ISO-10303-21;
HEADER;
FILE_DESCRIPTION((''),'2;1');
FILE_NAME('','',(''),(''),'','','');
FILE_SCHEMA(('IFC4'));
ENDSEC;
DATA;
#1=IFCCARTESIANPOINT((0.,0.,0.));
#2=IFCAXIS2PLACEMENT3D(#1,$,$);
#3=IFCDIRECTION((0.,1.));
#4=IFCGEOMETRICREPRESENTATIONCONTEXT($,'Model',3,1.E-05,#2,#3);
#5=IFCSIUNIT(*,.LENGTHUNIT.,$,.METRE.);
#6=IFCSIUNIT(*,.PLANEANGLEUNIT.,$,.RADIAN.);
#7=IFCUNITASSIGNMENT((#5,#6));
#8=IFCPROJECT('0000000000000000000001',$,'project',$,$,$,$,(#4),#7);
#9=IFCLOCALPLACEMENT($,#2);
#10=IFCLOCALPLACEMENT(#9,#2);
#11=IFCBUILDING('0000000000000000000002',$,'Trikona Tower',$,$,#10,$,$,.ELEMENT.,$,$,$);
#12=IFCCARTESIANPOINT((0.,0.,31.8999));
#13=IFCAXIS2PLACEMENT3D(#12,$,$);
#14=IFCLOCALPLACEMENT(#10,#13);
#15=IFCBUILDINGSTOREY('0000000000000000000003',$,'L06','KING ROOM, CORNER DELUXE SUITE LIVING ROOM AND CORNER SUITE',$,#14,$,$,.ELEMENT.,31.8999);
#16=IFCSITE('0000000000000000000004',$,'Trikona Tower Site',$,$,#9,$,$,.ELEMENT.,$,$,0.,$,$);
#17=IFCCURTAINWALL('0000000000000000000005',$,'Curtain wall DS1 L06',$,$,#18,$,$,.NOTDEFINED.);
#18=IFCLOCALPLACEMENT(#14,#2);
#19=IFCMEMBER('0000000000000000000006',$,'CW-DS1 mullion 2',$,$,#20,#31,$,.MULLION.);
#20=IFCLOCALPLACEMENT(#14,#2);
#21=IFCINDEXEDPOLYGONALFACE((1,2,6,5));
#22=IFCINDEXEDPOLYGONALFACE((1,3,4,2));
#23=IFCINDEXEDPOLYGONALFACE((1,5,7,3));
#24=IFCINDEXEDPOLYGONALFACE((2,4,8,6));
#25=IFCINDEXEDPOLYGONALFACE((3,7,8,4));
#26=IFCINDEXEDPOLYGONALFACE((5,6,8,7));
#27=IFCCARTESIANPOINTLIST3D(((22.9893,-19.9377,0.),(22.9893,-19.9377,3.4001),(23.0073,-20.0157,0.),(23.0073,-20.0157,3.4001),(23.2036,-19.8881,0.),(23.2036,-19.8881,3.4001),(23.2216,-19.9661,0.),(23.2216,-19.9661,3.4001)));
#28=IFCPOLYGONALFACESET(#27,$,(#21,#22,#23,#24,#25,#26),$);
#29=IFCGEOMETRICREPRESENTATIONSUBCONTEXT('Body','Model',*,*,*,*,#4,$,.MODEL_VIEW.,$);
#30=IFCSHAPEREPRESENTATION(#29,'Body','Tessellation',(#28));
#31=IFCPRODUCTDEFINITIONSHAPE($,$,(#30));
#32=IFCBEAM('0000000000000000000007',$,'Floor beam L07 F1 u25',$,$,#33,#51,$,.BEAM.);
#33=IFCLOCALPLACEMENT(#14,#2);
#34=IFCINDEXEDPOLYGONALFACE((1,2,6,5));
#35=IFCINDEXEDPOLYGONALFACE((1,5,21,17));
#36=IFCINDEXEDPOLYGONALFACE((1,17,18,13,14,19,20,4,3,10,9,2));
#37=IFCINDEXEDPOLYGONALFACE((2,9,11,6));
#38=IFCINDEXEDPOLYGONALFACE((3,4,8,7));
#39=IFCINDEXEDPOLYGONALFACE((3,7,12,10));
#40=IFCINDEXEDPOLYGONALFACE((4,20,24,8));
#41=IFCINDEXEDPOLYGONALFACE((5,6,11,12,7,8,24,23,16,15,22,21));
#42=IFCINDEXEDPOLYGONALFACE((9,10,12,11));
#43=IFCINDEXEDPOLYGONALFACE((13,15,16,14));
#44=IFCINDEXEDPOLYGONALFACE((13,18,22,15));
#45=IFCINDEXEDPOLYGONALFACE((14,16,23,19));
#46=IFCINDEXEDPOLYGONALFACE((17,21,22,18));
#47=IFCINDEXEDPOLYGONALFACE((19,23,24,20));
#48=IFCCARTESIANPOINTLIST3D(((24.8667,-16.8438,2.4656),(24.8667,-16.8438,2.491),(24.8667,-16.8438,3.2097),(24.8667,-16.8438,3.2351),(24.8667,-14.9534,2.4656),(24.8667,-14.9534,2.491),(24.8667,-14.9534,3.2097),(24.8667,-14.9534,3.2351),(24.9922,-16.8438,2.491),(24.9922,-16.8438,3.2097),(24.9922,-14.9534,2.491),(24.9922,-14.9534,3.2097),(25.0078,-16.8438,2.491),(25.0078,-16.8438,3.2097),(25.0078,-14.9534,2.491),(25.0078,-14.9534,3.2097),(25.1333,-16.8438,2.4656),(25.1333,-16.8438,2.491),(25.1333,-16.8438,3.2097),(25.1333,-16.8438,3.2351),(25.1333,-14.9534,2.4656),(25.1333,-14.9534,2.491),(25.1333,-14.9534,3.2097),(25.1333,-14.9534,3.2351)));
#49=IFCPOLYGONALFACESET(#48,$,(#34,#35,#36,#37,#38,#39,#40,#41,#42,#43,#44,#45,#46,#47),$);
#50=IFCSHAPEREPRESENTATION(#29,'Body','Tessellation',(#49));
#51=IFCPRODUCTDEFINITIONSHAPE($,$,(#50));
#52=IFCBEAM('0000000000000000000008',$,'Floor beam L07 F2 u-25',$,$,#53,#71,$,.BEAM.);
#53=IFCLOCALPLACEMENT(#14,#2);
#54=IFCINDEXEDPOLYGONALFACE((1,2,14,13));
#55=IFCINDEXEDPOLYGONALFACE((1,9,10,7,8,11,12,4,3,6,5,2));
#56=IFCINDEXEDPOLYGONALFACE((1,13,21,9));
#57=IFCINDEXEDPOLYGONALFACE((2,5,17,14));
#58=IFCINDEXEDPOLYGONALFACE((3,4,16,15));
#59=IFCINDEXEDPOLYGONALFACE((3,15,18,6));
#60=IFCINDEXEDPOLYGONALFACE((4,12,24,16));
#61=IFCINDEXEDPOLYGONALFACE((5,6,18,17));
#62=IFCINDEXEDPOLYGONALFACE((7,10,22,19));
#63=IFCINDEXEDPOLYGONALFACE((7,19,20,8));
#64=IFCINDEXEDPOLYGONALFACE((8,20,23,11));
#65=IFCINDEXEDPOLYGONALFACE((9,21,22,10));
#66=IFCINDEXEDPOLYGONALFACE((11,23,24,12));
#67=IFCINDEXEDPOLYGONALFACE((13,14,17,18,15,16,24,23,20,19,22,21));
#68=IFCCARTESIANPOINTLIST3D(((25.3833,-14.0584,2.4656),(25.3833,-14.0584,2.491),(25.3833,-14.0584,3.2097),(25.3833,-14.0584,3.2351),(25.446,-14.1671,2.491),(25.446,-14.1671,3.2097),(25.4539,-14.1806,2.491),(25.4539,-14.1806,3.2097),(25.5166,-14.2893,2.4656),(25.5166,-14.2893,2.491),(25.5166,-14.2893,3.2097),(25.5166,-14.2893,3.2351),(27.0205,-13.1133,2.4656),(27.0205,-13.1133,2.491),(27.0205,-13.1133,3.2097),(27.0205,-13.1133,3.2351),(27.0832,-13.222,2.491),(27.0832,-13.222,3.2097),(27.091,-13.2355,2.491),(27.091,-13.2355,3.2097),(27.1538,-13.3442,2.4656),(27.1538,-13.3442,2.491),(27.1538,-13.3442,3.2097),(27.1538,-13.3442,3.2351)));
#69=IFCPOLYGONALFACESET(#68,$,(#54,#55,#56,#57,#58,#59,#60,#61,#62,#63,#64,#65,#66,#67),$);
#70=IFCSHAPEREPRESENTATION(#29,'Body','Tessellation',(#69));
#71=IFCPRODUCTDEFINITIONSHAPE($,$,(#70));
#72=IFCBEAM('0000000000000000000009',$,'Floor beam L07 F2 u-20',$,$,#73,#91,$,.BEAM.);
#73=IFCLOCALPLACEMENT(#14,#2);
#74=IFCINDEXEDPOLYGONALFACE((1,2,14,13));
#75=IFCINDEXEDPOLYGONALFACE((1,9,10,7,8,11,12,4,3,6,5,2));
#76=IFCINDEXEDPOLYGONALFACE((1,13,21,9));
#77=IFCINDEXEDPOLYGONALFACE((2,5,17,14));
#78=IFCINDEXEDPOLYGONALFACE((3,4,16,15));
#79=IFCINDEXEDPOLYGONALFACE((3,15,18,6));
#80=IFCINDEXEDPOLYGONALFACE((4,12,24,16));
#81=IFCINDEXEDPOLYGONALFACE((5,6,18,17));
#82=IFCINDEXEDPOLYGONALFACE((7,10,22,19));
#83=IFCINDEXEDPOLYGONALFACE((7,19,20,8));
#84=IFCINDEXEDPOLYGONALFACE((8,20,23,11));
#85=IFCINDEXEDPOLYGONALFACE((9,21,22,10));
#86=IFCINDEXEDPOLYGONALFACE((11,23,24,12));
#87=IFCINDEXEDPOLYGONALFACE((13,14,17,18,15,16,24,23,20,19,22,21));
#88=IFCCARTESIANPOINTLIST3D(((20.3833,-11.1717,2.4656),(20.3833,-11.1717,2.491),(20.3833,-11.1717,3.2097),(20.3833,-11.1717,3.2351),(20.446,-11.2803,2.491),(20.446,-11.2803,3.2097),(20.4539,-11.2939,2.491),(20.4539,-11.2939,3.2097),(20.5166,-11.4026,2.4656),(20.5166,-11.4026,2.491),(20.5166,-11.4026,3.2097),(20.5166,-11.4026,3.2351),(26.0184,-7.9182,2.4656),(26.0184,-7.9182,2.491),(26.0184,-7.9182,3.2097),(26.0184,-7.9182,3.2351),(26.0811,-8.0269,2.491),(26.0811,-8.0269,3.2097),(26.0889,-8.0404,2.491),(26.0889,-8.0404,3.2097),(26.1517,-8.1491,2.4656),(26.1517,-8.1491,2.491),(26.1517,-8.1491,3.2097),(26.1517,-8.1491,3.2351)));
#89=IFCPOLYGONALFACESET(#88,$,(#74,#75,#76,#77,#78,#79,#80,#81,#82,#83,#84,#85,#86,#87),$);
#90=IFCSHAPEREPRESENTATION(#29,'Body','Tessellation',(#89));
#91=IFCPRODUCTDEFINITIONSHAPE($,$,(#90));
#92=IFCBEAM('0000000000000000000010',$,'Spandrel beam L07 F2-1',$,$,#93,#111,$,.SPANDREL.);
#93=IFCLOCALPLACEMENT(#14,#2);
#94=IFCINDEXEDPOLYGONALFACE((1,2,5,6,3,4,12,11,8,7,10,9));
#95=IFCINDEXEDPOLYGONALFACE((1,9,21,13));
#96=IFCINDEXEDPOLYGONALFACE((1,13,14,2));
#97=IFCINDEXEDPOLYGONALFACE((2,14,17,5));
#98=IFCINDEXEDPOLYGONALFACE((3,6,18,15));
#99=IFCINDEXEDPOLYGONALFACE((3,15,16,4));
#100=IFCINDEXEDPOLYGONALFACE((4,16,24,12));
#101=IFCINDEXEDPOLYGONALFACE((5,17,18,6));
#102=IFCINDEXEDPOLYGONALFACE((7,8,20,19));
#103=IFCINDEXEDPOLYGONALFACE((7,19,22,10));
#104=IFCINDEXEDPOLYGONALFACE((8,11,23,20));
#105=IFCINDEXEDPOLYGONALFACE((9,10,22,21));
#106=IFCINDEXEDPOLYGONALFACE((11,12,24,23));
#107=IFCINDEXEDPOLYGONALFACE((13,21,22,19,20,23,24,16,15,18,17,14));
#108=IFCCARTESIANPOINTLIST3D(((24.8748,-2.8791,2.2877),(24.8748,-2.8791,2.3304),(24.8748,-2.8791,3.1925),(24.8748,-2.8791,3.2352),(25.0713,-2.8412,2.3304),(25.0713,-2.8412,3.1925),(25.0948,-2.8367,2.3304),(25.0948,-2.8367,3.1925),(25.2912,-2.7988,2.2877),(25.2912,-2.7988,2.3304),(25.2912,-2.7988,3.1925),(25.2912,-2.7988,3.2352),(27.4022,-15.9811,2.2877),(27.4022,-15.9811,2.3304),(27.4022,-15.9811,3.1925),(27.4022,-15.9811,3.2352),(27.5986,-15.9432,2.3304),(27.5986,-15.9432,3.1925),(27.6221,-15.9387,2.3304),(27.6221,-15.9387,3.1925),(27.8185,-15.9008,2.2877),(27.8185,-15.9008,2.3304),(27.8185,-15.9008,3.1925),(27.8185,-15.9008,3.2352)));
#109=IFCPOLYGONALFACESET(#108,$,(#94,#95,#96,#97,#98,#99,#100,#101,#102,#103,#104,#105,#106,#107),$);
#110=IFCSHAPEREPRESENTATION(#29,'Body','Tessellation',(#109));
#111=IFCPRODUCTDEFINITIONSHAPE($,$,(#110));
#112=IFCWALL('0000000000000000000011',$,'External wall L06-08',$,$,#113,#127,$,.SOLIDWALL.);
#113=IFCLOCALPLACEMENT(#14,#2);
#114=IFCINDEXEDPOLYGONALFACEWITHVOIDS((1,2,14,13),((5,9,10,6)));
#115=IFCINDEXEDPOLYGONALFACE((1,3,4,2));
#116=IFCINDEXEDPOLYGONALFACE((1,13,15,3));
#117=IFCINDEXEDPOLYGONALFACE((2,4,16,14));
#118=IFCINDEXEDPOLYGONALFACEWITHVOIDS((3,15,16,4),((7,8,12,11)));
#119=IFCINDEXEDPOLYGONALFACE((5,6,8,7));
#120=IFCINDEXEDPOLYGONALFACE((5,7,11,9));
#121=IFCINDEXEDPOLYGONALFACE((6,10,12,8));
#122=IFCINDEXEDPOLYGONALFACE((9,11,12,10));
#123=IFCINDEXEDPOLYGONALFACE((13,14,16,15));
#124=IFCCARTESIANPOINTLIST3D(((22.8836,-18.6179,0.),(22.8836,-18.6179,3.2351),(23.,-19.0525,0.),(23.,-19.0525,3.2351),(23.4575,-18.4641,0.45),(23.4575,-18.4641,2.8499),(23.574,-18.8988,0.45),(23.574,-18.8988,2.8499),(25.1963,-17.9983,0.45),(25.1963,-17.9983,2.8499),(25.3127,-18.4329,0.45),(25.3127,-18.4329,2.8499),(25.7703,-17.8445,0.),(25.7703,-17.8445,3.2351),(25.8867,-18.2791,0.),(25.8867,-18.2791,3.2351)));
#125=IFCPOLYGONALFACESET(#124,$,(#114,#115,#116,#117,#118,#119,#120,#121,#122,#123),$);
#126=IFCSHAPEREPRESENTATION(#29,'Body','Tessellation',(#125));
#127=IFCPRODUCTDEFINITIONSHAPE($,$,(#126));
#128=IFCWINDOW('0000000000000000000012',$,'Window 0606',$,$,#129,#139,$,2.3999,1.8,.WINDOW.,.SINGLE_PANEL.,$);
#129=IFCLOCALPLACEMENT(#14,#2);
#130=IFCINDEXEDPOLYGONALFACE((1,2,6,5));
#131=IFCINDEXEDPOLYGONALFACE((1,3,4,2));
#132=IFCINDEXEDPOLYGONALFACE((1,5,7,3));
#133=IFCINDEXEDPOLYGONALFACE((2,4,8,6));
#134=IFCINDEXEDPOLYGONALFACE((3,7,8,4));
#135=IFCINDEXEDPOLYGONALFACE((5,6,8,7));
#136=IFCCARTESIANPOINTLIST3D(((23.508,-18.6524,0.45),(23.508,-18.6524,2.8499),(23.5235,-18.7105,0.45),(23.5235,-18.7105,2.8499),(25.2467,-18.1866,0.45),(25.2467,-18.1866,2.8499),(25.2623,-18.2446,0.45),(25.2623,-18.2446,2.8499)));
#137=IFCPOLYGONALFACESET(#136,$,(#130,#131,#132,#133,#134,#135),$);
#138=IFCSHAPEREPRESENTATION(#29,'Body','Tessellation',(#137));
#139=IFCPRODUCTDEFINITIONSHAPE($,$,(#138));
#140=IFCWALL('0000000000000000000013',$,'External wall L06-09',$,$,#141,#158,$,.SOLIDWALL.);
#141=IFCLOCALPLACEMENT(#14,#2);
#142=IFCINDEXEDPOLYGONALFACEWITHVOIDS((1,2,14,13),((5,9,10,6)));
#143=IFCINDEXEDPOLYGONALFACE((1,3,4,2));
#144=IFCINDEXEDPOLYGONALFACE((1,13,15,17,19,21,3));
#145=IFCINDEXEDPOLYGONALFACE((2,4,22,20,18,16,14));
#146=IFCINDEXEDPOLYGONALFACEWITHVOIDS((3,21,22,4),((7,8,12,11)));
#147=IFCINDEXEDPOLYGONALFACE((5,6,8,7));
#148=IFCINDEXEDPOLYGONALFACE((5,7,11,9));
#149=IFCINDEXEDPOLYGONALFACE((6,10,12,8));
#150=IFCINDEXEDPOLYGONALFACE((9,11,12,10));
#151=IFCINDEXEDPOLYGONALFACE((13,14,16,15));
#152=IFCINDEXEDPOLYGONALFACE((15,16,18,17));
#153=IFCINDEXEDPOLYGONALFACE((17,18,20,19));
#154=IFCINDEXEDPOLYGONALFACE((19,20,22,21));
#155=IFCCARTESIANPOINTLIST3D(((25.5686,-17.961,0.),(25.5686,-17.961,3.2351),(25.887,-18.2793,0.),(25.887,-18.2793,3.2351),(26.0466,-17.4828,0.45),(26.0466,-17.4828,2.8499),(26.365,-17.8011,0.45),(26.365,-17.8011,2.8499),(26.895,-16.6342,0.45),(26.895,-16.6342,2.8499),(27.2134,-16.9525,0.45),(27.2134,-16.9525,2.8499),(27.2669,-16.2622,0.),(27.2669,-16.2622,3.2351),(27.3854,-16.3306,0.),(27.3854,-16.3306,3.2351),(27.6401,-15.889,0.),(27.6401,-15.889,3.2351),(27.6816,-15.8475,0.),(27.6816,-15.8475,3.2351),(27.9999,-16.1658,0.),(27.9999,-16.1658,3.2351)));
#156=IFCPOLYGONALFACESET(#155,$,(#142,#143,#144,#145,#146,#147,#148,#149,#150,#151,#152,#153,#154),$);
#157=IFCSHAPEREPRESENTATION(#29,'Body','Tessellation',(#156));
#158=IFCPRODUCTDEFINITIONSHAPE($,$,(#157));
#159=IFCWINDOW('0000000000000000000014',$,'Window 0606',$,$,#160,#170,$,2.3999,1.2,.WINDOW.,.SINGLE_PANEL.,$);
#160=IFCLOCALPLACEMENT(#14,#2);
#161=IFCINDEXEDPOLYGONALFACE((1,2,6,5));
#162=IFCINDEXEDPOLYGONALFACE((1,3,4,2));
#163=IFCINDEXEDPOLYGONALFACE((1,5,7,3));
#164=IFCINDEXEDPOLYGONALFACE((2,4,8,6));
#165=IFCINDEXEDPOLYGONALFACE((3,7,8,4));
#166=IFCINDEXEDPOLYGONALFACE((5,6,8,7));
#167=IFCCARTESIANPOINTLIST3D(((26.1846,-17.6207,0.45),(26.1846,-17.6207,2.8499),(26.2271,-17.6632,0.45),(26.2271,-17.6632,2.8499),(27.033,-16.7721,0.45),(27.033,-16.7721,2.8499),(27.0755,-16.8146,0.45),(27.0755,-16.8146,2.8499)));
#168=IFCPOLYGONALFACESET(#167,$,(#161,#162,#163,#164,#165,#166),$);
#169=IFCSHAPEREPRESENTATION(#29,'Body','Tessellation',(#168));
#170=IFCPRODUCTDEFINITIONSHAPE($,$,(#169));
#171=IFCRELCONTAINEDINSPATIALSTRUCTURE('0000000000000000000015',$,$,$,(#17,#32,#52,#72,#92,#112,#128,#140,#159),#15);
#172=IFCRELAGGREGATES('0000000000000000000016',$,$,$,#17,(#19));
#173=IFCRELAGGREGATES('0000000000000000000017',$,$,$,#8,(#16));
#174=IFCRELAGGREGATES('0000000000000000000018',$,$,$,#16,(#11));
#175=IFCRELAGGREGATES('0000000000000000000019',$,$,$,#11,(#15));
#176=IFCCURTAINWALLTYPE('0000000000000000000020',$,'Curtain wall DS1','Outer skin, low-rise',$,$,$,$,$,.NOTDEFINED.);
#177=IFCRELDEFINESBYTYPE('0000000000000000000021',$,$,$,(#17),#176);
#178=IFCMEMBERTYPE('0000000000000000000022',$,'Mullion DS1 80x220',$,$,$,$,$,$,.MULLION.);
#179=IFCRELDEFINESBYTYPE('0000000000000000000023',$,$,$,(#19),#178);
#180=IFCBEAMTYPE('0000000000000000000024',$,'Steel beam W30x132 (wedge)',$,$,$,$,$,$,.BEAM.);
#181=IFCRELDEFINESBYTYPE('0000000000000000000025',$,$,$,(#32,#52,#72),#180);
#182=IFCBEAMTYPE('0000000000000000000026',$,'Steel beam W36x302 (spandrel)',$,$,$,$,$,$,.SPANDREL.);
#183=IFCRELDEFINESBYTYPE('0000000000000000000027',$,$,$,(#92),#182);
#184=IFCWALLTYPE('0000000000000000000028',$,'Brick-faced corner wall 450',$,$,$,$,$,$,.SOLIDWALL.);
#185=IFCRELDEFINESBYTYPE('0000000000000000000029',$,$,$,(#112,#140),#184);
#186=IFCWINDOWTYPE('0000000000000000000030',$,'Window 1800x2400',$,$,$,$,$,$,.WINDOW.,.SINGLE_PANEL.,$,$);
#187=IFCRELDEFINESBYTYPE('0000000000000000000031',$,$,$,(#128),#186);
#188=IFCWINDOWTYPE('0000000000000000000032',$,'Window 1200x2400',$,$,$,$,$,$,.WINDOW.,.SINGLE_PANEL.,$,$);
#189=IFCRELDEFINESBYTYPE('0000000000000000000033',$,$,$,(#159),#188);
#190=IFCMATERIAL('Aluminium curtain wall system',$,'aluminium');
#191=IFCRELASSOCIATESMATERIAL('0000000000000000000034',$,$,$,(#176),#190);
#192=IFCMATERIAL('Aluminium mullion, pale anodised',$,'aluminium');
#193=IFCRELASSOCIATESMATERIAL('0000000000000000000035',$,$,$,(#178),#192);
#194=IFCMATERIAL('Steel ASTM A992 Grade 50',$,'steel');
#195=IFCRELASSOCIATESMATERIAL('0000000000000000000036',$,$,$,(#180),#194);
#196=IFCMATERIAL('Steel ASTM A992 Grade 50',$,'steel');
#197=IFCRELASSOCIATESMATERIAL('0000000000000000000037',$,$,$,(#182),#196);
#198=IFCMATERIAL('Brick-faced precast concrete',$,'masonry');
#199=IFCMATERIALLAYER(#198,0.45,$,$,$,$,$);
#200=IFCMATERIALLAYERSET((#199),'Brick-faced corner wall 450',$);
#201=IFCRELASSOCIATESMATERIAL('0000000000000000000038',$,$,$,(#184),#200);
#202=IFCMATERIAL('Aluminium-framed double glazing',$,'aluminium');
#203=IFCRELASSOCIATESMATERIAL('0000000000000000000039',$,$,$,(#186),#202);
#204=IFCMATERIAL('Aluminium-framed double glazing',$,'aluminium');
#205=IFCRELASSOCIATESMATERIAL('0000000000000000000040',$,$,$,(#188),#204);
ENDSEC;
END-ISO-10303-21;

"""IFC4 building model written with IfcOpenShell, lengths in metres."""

from ifc_helpers import new_model, si_unit, direction, frame, frame_2d, origin, origin_2d, place, context, subcontext, project, spatial, polyline, rectangle, i_section, outline, extrude, material, layer, layer_set, material_profile, profile_set, type_object, element, fill, aggregate, save


model = new_model("IFC4")

# Units and contexts
model_context = context("Model", 3, precision=1e-05, world=origin(), true_north=direction((0.0, 1.0)))
body_context = subcontext(model_context, "Body", "Model", "MODEL_VIEW")
ifc_project = project(units=[si_unit("LENGTHUNIT", "METRE"), si_unit("PLANEANGLEUNIT", "RADIAN")], contexts=[model_context])

# Site, building, storey
site_placement = place(None, origin())
site = spatial("IfcSite", under=ifc_project, at=site_placement, Name="Trikona Tower Site", CompositionType="ELEMENT", RefElevation=0.0)
building_placement = place(site_placement, origin())
building = spatial("IfcBuilding", under=site, at=building_placement, Name="Trikona Tower", CompositionType="ELEMENT")
storey_placement = place(building_placement, frame((0.0, 0.0, 31.8999)))
storey = spatial("IfcBuildingStorey", under=building, at=storey_placement, Name="L06", Description="KING ROOM, CORNER DELUXE SUITE LIVING ROOM AND CORNER SUITE", CompositionType="ELEMENT", Elevation=31.8999)

# Curtain wall, member
ifc_material_1 = material(Name="Aluminium curtain wall system", Category="aluminium")
curtain_wall_type = type_object("IfcCurtainWallType", Name="Curtain wall DS1", Description="Outer skin, low-rise", PredefinedType="NOTDEFINED", material=ifc_material_1)
curtain_wall_placement = place(storey_placement, origin())
curtain_wall = element("IfcCurtainWall", 1, at=curtain_wall_placement, inside=storey, type_object=curtain_wall_type, Name="Curtain wall DS1 L06", PredefinedType="NOTDEFINED")
ifc_material_2 = material(Name="Aluminium mullion, pale anodised", Category="aluminium")
ifc_material_profile_1 = material_profile(ifc_material_2, rectangle(XDim=0.0801, YDim=0.22, at=origin_2d()), Name="MUL-DS1")
ifc_profile_set_1 = profile_set([ifc_material_profile_1], Name="Aluminium mullion, pale anodised")
member_type = type_object("IfcMemberType", Name="Mullion DS1 80x220", PredefinedType="MULLION", material=ifc_profile_set_1)
member_placement = place(storey_placement, frame((23.1055, -19.9519, 0.0), z_axis=(0.0, 0.0, 1.0), x_axis=(-0.225343, 0.974279, 0.0)))
member = element("IfcMember", 2, at=member_placement, type_object=member_type, Name="CW-DS1 mullion 2", PredefinedType="MULLION", context=body_context, shape_type="SweptSolid", body=[
    extrude(rectangle(XDim=0.0801, YDim=0.22, at=origin_2d()), origin(), (0.0, 0.0, 1.0), 3.4001),
])
aggregate(curtain_wall, [member])

# Beams
ifc_material_3 = material(Name="Steel ASTM A992 Grade 50", Category="steel")
ifc_material_profile_2 = material_profile(ifc_material_3, i_section(OverallWidth=0.2666, OverallDepth=0.7695, WebThickness=0.0156, FlangeThickness=0.0254, at=origin_2d()), Name="W30X132")
ifc_profile_set_2 = profile_set([ifc_material_profile_2], Name="Steel ASTM A992 Grade 50")
beam_type_1 = type_object("IfcBeamType", Name="Steel beam W30x132 (wedge)", PredefinedType="BEAM", material=ifc_profile_set_2)
for number, where, z_axis, x_axis, name in (
    (3, (25.0, -14.9534, 2.8503), (0.0, -1.0, 0.0), (1.0, 0.0, 0.0), "Floor beam L07 F1 u25"),
    (4, (25.45, -14.1738, 2.8503), (0.866065, 0.499931, 0.0), (-0.499931, 0.866065, 0.0), "Floor beam L07 F2 u-25"),
):
    element("IfcBeam", number, at=place(storey_placement, frame(where, z_axis=z_axis, x_axis=x_axis)), inside=storey, type_object=beam_type_1, Name=name, PredefinedType="BEAM", context=body_context, shape_type="SweptSolid", body=[
        extrude(i_section(OverallWidth=0.2666, OverallDepth=0.7695, WebThickness=0.0156, FlangeThickness=0.0254, at=origin_2d()), origin(), (0.0, 0.0, 1.0), 1.8904),
    ])
beam_1_placement = place(storey_placement, frame((20.45, -11.2871, 2.8503), z_axis=(0.866023, 0.500005, 0.0), x_axis=(-0.500005, 0.866023, 0.0)))
element("IfcBeam", 5, at=beam_1_placement, inside=storey, type_object=beam_type_1, Name="Floor beam L07 F2 u-20", PredefinedType="BEAM", context=body_context, shape_type="SweptSolid", body=[
    extrude(i_section(OverallWidth=0.2666, OverallDepth=0.7695, WebThickness=0.0156, FlangeThickness=0.0254, at=origin_2d()), origin(), (0.0, 0.0, 1.0), 6.5068),
])
ifc_material_4 = material(Name="Steel ASTM A992 Grade 50", Category="steel")
ifc_material_profile_3 = material_profile(ifc_material_4, i_section(OverallWidth=0.4241, OverallDepth=0.9475, WebThickness=0.0239, FlangeThickness=0.0427, at=origin_2d()), Name="W36X302")
ifc_profile_set_3 = profile_set([ifc_material_profile_3], Name="Steel ASTM A992 Grade 50")
beam_type_2 = type_object("IfcBeamType", Name="Steel beam W36x302 (spandrel)", PredefinedType="SPANDREL", material=ifc_profile_set_3)
beam_2_placement = place(storey_placement, frame((27.6104, -15.9409, 2.7615), z_axis=(-0.189405, 0.981899, 0.0), x_axis=(-0.981899, -0.189405, 0.0)))
element("IfcBeam", 6, at=beam_2_placement, inside=storey, type_object=beam_type_2, Name="Spandrel beam L07 F2-1", PredefinedType="SPANDREL", context=body_context, shape_type="SweptSolid", body=[
    extrude(i_section(OverallWidth=0.4241, OverallDepth=0.9475, WebThickness=0.0239, FlangeThickness=0.0427, at=origin_2d()), origin(), (0.0, 0.0, 1.0), 13.3435),
])

# Walls, openings, windows
ifc_material_5 = material(Name="Brick-faced precast concrete", Category="masonry")
ifc_layer_1 = layer(ifc_material_5, 0.45)
ifc_layer_set_1 = layer_set([ifc_layer_1], Name="Brick-faced corner wall 450")
wall_type_1 = type_object("IfcWallType", Name="Brick-faced corner wall 450", PredefinedType="SOLIDWALL", material=ifc_layer_set_1)
wall_1_placement = place(storey_placement, frame((22.9419, -18.8352, 0.0), z_axis=(0.0, 0.0, 1.0), x_axis=(0.965931, 0.258801, 0.0)))
wall_1 = element("IfcWall", 7, at=wall_1_placement, inside=storey, type_object=wall_type_1, Name="External wall L06-08", PredefinedType="SOLIDWALL", context=body_context, shape_type="SweptSolid", body=[
    extrude(rectangle(XDim=2.9885, YDim=0.45, at=frame_2d((1.4941, 0.0))), origin(), (0.0, 0.0, 1.0), 3.2351),
])
opening_1_placement = place(wall_1_placement, frame((0.5942, 0.0, 0.45)))
opening_1 = element("IfcOpeningElement", 8, at=opening_1_placement, cuts=wall_1, PredefinedType="OPENING", context=body_context, shape_type="SweptSolid", body=[
    extrude(rectangle(XDim=1.8, YDim=2.3999, at=frame_2d((0.8999, 1.2))), frame((0.0, 0.2349, 0.0), z_axis=(0.0, -1.0, 0.0), x_axis=(1.0, 0.0, 0.0)), (0.0, 0.0, 1.0), 0.47),
])
ifc_material_6 = material(Name="Aluminium-framed double glazing", Category="aluminium")
window_type_1 = type_object("IfcWindowType", Name="Window 1800x2400", PartitioningType="SINGLE_PANEL", PredefinedType="WINDOW", material=ifc_material_6)
window_1_placement = place(opening_1_placement, origin())
window_1 = element("IfcWindow", 9, at=window_1_placement, inside=storey, type_object=window_type_1, Name="Window 0606", OverallHeight=2.3999, OverallWidth=1.8, PartitioningType="SINGLE_PANEL", PredefinedType="WINDOW", context=body_context, shape_type="SweptSolid", body=[
    extrude(rectangle(XDim=1.8, YDim=2.3999, at=frame_2d((0.8999, 1.2))), frame((0.0, 0.03, 0.0), z_axis=(0.0, -1.0, 0.0), x_axis=(1.0, 0.0, 0.0)), (0.0, 0.0, 1.0), 0.0601),
])
fill(opening_1, window_1)
wall_2_placement = place(storey_placement, frame((25.7278, -18.1201, 0.0), z_axis=(0.0, 0.0, 1.0), x_axis=(0.707025, 0.707188, 0.0)))
wall_2 = element("IfcWall", 10, at=wall_2_placement, inside=storey, type_object=wall_type_1, Name="External wall L06-09", PredefinedType="SOLIDWALL", context=body_context, shape_type="SweptSolid", body=[
    extrude(outline(polyline([(2.9885, 0.2251), (2.9299, 0.2251), (2.4375, 0.093), (2.4021, 0.2251), (0.0, 0.2251), (0.0, -0.2251), (2.9885, -0.2251), (2.9885, 0.2251)])), origin(), (0.0, 0.0, 1.0), 3.2351),
])
opening_2_placement = place(wall_2_placement, frame((0.676, 0.0, 0.45)))
opening_2 = element("IfcOpeningElement", 11, at=opening_2_placement, cuts=wall_2, PredefinedType="OPENING", context=body_context, shape_type="SweptSolid", body=[
    extrude(rectangle(XDim=1.2, YDim=2.3999, at=frame_2d((0.6001, 1.2))), frame((0.0, 0.2349, 0.0), z_axis=(0.0, -1.0, 0.0), x_axis=(1.0, 0.0, 0.0)), (0.0, 0.0, 1.0), 0.47),
])
ifc_material_7 = material(Name="Aluminium-framed double glazing", Category="aluminium")
window_type_2 = type_object("IfcWindowType", Name="Window 1200x2400", PartitioningType="SINGLE_PANEL", PredefinedType="WINDOW", material=ifc_material_7)
window_2_placement = place(opening_2_placement, origin())
window_2 = element("IfcWindow", 12, at=window_2_placement, inside=storey, type_object=window_type_2, Name="Window 0606", OverallHeight=2.3999, OverallWidth=1.2, PartitioningType="SINGLE_PANEL", PredefinedType="WINDOW", context=body_context, shape_type="SweptSolid", body=[
    extrude(rectangle(XDim=1.2, YDim=2.3999, at=frame_2d((0.6001, 1.2))), frame((0.0, 0.03, 0.0), z_axis=(0.0, -1.0, 0.0), x_axis=(1.0, 0.0, 0.0)), (0.0, 0.0, 1.0), 0.0601),
])
fill(opening_2, window_2)

save(model, "model.ifc")
